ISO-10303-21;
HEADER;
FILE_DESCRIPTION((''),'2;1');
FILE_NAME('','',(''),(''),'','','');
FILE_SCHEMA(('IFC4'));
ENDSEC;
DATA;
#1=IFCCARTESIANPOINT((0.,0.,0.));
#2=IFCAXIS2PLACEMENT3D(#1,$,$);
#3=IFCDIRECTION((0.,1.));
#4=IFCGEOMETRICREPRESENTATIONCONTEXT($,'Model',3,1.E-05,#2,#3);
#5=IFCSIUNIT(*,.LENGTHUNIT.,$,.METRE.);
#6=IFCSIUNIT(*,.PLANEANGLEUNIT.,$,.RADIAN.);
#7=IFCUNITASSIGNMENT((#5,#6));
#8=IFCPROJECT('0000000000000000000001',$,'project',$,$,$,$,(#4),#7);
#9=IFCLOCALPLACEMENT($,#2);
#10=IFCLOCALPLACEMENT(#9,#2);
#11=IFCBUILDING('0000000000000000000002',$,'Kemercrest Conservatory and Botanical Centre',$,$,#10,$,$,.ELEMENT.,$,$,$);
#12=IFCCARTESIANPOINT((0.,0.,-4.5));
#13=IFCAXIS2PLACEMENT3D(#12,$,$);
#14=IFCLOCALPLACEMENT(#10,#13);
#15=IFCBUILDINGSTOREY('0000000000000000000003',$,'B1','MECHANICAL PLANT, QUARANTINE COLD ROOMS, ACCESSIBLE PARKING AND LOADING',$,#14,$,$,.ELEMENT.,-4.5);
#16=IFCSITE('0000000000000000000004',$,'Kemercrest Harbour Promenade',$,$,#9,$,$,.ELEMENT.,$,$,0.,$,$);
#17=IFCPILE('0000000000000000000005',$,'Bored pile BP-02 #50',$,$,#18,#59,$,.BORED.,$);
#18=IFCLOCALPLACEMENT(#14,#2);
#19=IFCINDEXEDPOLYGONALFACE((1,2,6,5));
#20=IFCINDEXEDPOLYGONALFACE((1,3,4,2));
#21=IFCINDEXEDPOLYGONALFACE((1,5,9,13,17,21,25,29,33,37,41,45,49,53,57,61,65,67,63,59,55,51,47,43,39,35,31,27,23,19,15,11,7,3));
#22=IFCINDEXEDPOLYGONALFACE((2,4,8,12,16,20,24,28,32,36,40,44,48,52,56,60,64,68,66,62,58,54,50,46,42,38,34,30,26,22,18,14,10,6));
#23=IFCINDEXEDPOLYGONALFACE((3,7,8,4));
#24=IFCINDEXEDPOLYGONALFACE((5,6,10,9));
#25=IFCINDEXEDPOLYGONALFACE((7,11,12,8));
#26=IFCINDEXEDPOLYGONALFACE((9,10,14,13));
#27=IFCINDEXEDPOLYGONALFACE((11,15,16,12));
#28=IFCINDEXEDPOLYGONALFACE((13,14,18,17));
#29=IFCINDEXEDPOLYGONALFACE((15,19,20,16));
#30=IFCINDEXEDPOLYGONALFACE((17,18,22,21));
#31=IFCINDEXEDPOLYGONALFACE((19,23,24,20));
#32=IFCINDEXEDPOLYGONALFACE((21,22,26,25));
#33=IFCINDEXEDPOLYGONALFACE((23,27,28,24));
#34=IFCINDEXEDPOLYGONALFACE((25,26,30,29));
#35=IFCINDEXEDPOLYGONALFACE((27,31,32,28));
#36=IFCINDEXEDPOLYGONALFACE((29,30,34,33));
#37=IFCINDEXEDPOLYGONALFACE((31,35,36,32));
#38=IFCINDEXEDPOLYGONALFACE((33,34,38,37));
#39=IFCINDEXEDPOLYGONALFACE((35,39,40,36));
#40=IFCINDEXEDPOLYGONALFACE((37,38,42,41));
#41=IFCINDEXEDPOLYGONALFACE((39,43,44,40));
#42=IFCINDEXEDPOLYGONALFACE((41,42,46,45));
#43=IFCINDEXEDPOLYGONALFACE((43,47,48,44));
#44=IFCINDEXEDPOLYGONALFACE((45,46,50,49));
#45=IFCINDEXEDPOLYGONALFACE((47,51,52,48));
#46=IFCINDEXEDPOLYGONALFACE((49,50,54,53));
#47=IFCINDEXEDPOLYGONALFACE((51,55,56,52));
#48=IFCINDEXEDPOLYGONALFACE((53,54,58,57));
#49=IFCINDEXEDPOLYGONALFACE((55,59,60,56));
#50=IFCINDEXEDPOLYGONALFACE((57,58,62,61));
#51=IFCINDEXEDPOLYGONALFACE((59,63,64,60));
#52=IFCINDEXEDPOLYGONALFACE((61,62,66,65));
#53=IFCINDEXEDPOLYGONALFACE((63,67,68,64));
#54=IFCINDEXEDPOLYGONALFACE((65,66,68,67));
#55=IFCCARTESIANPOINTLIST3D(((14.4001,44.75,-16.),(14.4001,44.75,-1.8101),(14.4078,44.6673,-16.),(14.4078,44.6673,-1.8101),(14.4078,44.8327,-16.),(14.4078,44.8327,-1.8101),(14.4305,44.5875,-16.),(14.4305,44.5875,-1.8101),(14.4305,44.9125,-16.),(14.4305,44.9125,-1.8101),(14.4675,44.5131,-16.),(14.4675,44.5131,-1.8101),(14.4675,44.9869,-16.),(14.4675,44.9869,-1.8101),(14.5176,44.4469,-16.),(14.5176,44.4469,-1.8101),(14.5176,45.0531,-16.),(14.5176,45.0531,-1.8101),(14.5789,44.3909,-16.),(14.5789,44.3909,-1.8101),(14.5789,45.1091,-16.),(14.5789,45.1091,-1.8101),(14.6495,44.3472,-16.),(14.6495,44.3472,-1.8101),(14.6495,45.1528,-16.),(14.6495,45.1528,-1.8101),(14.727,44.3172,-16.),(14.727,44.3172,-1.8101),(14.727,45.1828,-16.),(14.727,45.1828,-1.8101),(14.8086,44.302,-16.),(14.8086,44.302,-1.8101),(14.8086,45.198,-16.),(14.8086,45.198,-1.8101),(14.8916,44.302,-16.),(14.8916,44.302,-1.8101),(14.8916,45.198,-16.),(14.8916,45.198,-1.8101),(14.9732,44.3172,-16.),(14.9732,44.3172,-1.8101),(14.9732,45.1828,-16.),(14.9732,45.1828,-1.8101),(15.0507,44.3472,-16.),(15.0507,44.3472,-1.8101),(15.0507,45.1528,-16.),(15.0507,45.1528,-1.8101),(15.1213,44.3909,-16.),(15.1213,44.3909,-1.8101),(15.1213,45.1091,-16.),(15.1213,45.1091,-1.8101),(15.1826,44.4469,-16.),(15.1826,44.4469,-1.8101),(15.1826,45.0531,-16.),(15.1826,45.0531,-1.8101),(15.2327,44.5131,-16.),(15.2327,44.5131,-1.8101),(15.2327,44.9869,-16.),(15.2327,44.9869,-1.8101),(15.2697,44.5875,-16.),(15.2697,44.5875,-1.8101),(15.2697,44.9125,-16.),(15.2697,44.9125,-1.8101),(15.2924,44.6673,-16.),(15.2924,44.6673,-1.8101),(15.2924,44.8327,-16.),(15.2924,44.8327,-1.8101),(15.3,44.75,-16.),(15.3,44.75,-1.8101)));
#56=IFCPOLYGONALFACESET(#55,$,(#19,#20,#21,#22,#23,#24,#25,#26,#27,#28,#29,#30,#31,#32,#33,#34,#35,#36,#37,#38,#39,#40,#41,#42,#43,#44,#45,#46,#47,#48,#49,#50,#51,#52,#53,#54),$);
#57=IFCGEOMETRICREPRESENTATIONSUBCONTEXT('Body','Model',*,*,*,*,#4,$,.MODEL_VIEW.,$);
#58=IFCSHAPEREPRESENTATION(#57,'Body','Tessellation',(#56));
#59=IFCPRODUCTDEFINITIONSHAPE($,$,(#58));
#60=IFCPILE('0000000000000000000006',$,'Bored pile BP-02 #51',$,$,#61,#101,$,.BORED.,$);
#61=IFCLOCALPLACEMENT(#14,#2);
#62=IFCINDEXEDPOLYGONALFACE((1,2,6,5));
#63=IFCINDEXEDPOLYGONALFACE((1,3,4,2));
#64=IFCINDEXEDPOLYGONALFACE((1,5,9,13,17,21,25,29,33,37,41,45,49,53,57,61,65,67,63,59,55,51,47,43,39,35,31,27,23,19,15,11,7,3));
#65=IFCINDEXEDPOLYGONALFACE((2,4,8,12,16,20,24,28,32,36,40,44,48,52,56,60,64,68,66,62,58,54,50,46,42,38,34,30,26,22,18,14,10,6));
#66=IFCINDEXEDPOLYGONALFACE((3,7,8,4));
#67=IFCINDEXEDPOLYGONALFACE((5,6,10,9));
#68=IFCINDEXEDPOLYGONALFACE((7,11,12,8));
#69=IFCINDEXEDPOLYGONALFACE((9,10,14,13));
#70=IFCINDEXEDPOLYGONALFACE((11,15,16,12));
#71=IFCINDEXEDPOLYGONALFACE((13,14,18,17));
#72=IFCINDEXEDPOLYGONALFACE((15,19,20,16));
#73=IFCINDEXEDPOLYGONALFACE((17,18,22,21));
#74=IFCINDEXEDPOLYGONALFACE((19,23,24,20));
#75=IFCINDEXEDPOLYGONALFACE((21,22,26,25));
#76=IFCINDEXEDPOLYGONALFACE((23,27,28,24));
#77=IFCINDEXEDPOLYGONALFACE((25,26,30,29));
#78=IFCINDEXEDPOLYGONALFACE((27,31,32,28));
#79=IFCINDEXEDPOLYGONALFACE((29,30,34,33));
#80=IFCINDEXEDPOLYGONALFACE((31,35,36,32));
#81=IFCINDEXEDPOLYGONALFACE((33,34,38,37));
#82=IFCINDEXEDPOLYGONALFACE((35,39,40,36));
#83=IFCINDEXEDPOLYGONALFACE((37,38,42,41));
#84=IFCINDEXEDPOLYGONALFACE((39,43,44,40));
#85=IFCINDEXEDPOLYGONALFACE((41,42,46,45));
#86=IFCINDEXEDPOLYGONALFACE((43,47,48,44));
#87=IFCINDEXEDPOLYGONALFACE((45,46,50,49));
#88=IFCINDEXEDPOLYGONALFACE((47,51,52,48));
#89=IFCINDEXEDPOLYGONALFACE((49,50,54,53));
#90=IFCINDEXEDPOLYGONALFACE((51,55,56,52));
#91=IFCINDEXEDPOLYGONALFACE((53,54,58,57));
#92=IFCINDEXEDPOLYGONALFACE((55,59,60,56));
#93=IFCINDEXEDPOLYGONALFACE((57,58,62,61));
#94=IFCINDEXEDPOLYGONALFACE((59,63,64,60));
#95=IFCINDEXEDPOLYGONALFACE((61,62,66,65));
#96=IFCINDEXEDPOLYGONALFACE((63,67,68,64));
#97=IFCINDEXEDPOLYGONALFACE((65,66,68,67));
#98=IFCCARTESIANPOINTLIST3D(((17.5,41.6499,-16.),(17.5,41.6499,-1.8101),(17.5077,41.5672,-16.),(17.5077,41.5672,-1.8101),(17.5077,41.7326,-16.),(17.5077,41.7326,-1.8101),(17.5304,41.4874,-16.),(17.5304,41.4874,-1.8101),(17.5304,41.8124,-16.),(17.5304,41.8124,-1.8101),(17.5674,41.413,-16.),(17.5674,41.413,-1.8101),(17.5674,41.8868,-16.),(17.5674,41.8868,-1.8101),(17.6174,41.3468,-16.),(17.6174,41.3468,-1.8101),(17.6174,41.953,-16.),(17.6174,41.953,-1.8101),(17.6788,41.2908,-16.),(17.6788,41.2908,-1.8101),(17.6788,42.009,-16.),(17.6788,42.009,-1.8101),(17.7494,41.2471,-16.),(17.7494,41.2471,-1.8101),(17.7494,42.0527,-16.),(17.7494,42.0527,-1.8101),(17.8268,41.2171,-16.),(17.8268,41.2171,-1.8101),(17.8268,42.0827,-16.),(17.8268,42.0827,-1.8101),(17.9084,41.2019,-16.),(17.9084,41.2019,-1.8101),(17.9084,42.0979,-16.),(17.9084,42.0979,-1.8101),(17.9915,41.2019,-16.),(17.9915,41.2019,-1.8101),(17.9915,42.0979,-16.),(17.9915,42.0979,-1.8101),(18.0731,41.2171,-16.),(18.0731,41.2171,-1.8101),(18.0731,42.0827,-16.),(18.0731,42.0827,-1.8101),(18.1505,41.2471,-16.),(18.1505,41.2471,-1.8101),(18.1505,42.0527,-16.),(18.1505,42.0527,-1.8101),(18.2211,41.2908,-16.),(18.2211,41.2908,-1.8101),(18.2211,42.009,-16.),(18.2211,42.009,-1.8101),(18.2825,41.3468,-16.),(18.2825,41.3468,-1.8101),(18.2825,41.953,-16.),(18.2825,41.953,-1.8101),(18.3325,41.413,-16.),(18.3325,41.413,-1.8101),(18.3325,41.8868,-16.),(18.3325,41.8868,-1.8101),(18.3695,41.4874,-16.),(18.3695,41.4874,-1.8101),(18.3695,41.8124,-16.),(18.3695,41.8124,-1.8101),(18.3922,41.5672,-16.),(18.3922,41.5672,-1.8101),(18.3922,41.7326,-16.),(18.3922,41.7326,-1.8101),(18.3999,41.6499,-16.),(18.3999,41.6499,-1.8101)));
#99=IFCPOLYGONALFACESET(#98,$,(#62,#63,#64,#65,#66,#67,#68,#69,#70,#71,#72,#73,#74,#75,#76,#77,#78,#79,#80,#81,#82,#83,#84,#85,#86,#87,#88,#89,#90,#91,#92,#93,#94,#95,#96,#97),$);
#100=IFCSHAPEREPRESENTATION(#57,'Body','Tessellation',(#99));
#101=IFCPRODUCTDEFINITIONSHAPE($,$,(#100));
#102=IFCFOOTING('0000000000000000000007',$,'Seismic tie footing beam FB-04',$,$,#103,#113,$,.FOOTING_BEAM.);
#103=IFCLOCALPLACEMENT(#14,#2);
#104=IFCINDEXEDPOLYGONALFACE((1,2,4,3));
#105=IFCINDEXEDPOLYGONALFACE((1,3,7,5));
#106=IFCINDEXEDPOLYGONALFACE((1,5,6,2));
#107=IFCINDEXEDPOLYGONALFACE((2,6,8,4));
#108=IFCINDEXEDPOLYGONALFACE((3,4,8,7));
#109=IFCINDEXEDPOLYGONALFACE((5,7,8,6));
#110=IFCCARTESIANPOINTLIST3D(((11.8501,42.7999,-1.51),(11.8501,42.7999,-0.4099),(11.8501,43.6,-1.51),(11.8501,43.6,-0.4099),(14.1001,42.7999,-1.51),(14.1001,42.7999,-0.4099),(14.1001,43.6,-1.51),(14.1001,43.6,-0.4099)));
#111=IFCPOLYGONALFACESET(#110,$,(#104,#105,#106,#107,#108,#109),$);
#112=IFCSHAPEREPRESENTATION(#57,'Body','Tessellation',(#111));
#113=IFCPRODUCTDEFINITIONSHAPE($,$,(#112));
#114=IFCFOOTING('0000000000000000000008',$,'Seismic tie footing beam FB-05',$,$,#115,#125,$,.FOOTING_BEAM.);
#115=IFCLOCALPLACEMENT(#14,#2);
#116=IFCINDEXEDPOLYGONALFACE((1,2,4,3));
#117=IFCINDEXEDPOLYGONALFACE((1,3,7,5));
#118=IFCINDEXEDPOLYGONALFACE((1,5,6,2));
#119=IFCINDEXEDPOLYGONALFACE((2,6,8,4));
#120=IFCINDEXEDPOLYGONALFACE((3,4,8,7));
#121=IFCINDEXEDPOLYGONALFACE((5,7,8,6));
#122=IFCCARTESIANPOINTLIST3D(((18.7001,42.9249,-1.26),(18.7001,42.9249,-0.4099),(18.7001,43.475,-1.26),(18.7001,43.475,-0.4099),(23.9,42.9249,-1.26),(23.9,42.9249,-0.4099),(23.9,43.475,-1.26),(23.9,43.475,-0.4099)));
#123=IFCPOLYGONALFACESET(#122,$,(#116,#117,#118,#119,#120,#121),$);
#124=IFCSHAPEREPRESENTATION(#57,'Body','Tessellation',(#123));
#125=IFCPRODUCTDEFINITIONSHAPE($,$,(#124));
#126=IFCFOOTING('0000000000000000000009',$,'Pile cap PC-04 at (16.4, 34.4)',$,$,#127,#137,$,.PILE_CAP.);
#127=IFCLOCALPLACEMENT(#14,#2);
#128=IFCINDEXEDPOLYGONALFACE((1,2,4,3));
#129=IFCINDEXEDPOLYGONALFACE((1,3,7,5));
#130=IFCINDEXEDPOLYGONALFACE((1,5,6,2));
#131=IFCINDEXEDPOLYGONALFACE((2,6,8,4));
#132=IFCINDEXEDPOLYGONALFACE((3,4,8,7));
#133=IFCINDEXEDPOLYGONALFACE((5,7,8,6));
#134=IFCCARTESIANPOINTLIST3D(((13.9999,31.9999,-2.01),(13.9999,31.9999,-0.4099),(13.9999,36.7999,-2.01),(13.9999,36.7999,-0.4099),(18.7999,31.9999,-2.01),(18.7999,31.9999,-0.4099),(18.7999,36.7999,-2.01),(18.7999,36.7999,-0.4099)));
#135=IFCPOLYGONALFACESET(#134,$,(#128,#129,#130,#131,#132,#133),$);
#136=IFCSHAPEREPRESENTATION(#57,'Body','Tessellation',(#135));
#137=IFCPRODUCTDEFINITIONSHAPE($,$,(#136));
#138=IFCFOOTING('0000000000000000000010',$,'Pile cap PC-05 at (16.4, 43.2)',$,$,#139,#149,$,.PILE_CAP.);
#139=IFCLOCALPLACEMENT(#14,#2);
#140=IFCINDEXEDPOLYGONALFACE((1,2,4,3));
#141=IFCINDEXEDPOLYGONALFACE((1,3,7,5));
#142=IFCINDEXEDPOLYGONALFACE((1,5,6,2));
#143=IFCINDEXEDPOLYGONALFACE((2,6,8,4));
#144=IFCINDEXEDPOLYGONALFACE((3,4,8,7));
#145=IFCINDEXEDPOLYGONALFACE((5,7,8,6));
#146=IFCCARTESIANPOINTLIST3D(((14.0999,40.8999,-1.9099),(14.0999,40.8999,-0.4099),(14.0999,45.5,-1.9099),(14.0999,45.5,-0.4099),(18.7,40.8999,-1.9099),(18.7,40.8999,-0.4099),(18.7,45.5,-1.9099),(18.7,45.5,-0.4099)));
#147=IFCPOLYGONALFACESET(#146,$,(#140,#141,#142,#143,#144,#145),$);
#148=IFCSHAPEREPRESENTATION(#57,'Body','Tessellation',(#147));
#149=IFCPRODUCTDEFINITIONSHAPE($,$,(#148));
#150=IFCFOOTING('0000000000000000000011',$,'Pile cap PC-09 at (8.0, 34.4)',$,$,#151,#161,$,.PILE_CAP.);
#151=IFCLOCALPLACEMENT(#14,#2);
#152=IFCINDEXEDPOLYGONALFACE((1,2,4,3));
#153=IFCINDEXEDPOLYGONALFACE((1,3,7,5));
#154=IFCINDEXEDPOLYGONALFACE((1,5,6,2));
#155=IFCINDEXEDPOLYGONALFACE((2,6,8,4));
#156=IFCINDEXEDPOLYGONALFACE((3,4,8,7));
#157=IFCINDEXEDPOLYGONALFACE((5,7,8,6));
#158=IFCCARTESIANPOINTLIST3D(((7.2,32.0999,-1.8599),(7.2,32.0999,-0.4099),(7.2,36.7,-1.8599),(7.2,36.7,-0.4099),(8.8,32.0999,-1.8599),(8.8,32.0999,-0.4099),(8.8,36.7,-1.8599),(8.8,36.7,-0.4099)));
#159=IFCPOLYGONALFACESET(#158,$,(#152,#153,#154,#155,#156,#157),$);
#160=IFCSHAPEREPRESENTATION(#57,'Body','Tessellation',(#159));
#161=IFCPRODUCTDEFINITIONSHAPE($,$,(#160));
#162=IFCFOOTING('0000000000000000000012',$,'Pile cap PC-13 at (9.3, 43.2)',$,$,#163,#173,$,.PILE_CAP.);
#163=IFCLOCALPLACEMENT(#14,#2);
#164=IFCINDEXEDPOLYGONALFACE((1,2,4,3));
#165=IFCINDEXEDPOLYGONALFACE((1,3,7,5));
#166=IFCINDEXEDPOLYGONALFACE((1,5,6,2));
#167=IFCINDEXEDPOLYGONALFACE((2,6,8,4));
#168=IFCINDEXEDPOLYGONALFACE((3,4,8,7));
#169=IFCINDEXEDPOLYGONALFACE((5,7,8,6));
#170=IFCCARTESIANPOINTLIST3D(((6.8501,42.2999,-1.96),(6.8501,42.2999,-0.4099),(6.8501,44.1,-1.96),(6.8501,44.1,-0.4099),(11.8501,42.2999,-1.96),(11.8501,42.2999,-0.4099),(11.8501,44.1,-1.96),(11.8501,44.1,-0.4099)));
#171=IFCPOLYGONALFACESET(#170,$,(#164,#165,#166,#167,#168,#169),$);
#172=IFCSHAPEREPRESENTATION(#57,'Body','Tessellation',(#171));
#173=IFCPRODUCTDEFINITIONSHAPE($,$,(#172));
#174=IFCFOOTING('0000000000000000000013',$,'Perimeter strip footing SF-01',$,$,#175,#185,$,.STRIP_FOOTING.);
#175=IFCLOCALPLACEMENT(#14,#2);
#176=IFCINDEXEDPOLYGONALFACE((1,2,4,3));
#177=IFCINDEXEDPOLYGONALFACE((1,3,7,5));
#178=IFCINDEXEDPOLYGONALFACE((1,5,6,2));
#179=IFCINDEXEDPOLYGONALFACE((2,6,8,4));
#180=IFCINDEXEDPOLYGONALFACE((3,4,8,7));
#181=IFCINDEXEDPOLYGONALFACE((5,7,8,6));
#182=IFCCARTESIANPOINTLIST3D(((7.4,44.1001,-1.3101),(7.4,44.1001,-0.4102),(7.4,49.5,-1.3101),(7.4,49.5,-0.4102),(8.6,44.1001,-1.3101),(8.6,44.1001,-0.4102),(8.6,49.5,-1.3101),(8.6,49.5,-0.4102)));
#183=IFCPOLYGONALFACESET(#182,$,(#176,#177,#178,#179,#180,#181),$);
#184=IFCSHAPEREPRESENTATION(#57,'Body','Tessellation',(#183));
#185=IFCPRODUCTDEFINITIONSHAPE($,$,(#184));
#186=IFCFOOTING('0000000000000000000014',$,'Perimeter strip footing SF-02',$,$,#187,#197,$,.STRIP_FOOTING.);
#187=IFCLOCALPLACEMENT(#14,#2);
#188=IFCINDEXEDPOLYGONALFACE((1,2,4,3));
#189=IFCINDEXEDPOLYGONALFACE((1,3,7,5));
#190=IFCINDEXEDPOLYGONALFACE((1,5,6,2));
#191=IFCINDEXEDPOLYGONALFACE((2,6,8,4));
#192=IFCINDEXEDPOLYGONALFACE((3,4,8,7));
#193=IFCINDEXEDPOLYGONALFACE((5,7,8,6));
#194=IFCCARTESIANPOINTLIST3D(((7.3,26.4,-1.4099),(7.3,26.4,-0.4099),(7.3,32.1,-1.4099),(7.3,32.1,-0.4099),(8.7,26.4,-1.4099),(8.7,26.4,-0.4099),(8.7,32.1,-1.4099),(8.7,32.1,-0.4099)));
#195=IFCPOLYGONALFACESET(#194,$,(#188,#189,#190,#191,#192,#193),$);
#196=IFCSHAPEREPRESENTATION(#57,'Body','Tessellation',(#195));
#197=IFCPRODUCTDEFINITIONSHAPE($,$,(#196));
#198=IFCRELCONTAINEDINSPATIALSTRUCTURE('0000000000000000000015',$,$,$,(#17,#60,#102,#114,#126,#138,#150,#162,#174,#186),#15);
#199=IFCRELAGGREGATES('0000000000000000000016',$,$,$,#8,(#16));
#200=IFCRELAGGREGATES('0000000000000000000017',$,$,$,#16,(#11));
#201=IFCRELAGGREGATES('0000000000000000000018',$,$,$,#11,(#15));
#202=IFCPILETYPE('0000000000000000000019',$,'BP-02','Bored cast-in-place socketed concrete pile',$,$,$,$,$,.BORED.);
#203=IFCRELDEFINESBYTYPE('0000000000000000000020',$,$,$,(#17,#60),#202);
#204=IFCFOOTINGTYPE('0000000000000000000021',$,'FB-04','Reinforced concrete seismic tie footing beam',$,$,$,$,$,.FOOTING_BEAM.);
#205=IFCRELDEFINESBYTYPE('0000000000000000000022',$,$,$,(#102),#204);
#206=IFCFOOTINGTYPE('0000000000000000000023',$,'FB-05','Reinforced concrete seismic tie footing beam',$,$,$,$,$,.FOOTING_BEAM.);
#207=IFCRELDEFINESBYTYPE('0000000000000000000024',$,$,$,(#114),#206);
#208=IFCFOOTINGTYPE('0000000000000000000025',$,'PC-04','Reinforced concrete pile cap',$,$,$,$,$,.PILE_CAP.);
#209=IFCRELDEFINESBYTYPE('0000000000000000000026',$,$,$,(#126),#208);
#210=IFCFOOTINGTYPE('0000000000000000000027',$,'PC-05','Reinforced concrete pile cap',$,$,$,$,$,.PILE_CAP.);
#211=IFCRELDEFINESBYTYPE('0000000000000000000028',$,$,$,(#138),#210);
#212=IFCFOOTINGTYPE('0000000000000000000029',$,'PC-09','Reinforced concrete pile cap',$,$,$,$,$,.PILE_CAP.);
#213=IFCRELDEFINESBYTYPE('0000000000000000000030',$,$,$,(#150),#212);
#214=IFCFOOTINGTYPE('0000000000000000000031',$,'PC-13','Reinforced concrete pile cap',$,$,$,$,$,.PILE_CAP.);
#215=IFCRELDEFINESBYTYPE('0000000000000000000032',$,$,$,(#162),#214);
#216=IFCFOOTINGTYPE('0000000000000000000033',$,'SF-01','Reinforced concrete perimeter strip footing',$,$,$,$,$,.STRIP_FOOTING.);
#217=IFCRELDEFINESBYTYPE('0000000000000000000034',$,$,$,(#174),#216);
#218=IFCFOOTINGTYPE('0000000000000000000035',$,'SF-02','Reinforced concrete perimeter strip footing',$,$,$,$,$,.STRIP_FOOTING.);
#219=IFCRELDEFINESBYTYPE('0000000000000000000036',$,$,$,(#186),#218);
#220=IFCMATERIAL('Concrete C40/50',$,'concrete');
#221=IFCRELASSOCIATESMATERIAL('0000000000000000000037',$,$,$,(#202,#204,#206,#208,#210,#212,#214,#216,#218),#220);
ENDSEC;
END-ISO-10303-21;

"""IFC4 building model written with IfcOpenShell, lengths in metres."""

from ifc_helpers import new_model, si_unit, direction, frame, origin, origin_2d, place, context, subcontext, project, spatial, rectangle, circle, extrude, material, material_profile, profile_set, type_object, element, save


model = new_model("IFC4")

# Units and contexts
model_context = context("Model", 3, precision=1e-05, world=origin(), true_north=direction((0.0, 1.0)))
body_context = subcontext(model_context, "Body", "Model", "MODEL_VIEW")
ifc_project = project(units=[si_unit("LENGTHUNIT", "METRE"), si_unit("PLANEANGLEUNIT", "RADIAN")], contexts=[model_context])

# Site, building, storey
site_placement = place(None, origin())
site = spatial("IfcSite", under=ifc_project, at=site_placement, Name="Kemercrest Harbour Promenade", CompositionType="ELEMENT", RefElevation=0.0)
building_placement = place(site_placement, origin())
building = spatial("IfcBuilding", under=site, at=building_placement, Name="Kemercrest Conservatory and Botanical Centre", CompositionType="ELEMENT")
storey_placement = place(building_placement, frame((0.0, 0.0, -4.5)))
storey = spatial("IfcBuildingStorey", under=building, at=storey_placement, Name="B1", Description="MECHANICAL PLANT, QUARANTINE COLD ROOMS, ACCESSIBLE PARKING AND LOADING", CompositionType="ELEMENT", Elevation=-4.5)

# Piles
ifc_material_1 = material(Name="Concrete C40/50", Category="concrete")
ifc_material_profile_1 = material_profile(ifc_material_1, circle(Radius=0.45, at=origin_2d()), Name="BORED PILE 900")
ifc_profile_set_1 = profile_set([ifc_material_profile_1], Name="Concrete C40/50")
pile_type_1 = type_object("IfcPileType", Name="BP-02", Description="Bored cast-in-place socketed concrete pile", PredefinedType="BORED", material=ifc_profile_set_1)
for number, where, z_axis, x_axis, name in (
    (1, (14.8501, 44.75, -1.8101), (0.0, 0.0, -1.0), (1.0, 0.0, 0.0), "Bored pile BP-02 #50"),
    (2, (17.95, 41.6499, -1.8101), (0.0, 0.0, -1.0), (1.0, 0.0, 0.0), "Bored pile BP-02 #51"),
):
    element("IfcPile", number, at=place(storey_placement, frame(where, z_axis=z_axis, x_axis=x_axis)), inside=storey, type_object=pile_type_1, Name=name, PredefinedType="BORED", context=body_context, shape_type="SweptSolid", body=[
        extrude(circle(Radius=0.45, at=origin_2d()), origin(), (0.0, 0.0, 1.0), 14.1899),
    ])

# Footings
footing_type_1 = type_object("IfcFootingType", Name="FB-04", Description="Reinforced concrete seismic tie footing beam", PredefinedType="FOOTING_BEAM", material=ifc_material_1)
footing_1_placement = place(storey_placement, frame((12.9751, 43.2, -1.51), z_axis=(0.0, 0.0, 1.0), x_axis=(1.0, 0.0, 0.0)))
element("IfcFooting", 3, at=footing_1_placement, inside=storey, type_object=footing_type_1, Name="Seismic tie footing beam FB-04", PredefinedType="FOOTING_BEAM", context=body_context, shape_type="SweptSolid", body=[
    extrude(rectangle(XDim=2.25, YDim=0.8, at=origin_2d()), origin(), (0.0, 0.0, 1.0), 1.1001),
])
footing_type_2 = type_object("IfcFootingType", Name="FB-05", Description="Reinforced concrete seismic tie footing beam", PredefinedType="FOOTING_BEAM", material=ifc_material_1)
footing_2_placement = place(storey_placement, frame((21.3, 43.2, -1.26), z_axis=(0.0, 0.0, 1.0), x_axis=(1.0, 0.0, 0.0)))
element("IfcFooting", 4, at=footing_2_placement, inside=storey, type_object=footing_type_2, Name="Seismic tie footing beam FB-05", PredefinedType="FOOTING_BEAM", context=body_context, shape_type="SweptSolid", body=[
    extrude(rectangle(XDim=5.2, YDim=0.55, at=origin_2d()), origin(), (0.0, 0.0, 1.0), 0.8501),
])
footing_type_3 = type_object("IfcFootingType", Name="PC-04", Description="Reinforced concrete pile cap", PredefinedType="PILE_CAP", material=ifc_material_1)
footing_3_placement = place(storey_placement, frame((16.3999, 34.3999, -2.01), z_axis=(0.0, 0.0, 1.0), x_axis=(1.0, 0.0, 0.0)))
element("IfcFooting", 5, at=footing_3_placement, inside=storey, type_object=footing_type_3, Name="Pile cap PC-04 at (16.4, 34.4)", PredefinedType="PILE_CAP", context=body_context, shape_type="SweptSolid", body=[
    extrude(rectangle(XDim=4.8, YDim=4.8, at=origin_2d()), origin(), (0.0, 0.0, 1.0), 1.6001),
])
footing_type_4 = type_object("IfcFootingType", Name="PC-05", Description="Reinforced concrete pile cap", PredefinedType="PILE_CAP", material=ifc_material_1)
footing_4_placement = place(storey_placement, frame((16.3999, 43.2, -1.9099), z_axis=(0.0, 0.0, 1.0), x_axis=(1.0, 0.0, 0.0)))
element("IfcFooting", 6, at=footing_4_placement, inside=storey, type_object=footing_type_4, Name="Pile cap PC-05 at (16.4, 43.2)", PredefinedType="PILE_CAP", context=body_context, shape_type="SweptSolid", body=[
    extrude(rectangle(XDim=4.6001, YDim=4.6001, at=origin_2d()), origin(), (0.0, 0.0, 1.0), 1.5),
])
footing_type_5 = type_object("IfcFootingType", Name="PC-09", Description="Reinforced concrete pile cap", PredefinedType="PILE_CAP", material=ifc_material_1)
footing_5_placement = place(storey_placement, frame((8.0, 34.3999, -1.8599), z_axis=(0.0, 0.0, 1.0), x_axis=(1.0, 0.0, 0.0)))
element("IfcFooting", 7, at=footing_5_placement, inside=storey, type_object=footing_type_5, Name="Pile cap PC-09 at (8.0, 34.4)", PredefinedType="PILE_CAP", context=body_context, shape_type="SweptSolid", body=[
    extrude(rectangle(XDim=1.6001, YDim=4.6001, at=origin_2d()), origin(), (0.0, 0.0, 1.0), 1.45),
])
footing_type_6 = type_object("IfcFootingType", Name="PC-13", Description="Reinforced concrete pile cap", PredefinedType="PILE_CAP", material=ifc_material_1)
footing_6_placement = place(storey_placement, frame((9.3501, 43.2, -1.96), z_axis=(0.0, 0.0, 1.0), x_axis=(1.0, 0.0, 0.0)))
element("IfcFooting", 8, at=footing_6_placement, inside=storey, type_object=footing_type_6, Name="Pile cap PC-13 at (9.3, 43.2)", PredefinedType="PILE_CAP", context=body_context, shape_type="SweptSolid", body=[
    extrude(rectangle(XDim=5.0, YDim=1.8, at=origin_2d()), origin(), (0.0, 0.0, 1.0), 1.55),
])
footing_type_7 = type_object("IfcFootingType", Name="SF-01", Description="Reinforced concrete perimeter strip footing", PredefinedType="STRIP_FOOTING", material=ifc_material_1)
footing_7_placement = place(storey_placement, frame((8.0, 46.8, -1.3101), z_axis=(0.0, 0.0, 1.0), x_axis=(1.0, 0.0, 0.0)))
element("IfcFooting", 9, at=footing_7_placement, inside=storey, type_object=footing_type_7, Name="Perimeter strip footing SF-01", PredefinedType="STRIP_FOOTING", context=body_context, shape_type="SweptSolid", body=[
    extrude(rectangle(XDim=1.2, YDim=5.3999, at=origin_2d()), origin(), (0.0, 0.0, 1.0), 0.8999),
])
footing_type_8 = type_object("IfcFootingType", Name="SF-02", Description="Reinforced concrete perimeter strip footing", PredefinedType="STRIP_FOOTING", material=ifc_material_1)
footing_8_placement = place(storey_placement, frame((8.0, 29.25, -1.4099), z_axis=(0.0, 0.0, 1.0), x_axis=(1.0, 0.0, 0.0)))
element("IfcFooting", 10, at=footing_8_placement, inside=storey, type_object=footing_type_8, Name="Perimeter strip footing SF-02", PredefinedType="STRIP_FOOTING", context=body_context, shape_type="SweptSolid", body=[
    extrude(rectangle(XDim=1.3999, YDim=5.7, at=origin_2d()), origin(), (0.0, 0.0, 1.0), 1.0),
])

save(model, "model.ifc")
